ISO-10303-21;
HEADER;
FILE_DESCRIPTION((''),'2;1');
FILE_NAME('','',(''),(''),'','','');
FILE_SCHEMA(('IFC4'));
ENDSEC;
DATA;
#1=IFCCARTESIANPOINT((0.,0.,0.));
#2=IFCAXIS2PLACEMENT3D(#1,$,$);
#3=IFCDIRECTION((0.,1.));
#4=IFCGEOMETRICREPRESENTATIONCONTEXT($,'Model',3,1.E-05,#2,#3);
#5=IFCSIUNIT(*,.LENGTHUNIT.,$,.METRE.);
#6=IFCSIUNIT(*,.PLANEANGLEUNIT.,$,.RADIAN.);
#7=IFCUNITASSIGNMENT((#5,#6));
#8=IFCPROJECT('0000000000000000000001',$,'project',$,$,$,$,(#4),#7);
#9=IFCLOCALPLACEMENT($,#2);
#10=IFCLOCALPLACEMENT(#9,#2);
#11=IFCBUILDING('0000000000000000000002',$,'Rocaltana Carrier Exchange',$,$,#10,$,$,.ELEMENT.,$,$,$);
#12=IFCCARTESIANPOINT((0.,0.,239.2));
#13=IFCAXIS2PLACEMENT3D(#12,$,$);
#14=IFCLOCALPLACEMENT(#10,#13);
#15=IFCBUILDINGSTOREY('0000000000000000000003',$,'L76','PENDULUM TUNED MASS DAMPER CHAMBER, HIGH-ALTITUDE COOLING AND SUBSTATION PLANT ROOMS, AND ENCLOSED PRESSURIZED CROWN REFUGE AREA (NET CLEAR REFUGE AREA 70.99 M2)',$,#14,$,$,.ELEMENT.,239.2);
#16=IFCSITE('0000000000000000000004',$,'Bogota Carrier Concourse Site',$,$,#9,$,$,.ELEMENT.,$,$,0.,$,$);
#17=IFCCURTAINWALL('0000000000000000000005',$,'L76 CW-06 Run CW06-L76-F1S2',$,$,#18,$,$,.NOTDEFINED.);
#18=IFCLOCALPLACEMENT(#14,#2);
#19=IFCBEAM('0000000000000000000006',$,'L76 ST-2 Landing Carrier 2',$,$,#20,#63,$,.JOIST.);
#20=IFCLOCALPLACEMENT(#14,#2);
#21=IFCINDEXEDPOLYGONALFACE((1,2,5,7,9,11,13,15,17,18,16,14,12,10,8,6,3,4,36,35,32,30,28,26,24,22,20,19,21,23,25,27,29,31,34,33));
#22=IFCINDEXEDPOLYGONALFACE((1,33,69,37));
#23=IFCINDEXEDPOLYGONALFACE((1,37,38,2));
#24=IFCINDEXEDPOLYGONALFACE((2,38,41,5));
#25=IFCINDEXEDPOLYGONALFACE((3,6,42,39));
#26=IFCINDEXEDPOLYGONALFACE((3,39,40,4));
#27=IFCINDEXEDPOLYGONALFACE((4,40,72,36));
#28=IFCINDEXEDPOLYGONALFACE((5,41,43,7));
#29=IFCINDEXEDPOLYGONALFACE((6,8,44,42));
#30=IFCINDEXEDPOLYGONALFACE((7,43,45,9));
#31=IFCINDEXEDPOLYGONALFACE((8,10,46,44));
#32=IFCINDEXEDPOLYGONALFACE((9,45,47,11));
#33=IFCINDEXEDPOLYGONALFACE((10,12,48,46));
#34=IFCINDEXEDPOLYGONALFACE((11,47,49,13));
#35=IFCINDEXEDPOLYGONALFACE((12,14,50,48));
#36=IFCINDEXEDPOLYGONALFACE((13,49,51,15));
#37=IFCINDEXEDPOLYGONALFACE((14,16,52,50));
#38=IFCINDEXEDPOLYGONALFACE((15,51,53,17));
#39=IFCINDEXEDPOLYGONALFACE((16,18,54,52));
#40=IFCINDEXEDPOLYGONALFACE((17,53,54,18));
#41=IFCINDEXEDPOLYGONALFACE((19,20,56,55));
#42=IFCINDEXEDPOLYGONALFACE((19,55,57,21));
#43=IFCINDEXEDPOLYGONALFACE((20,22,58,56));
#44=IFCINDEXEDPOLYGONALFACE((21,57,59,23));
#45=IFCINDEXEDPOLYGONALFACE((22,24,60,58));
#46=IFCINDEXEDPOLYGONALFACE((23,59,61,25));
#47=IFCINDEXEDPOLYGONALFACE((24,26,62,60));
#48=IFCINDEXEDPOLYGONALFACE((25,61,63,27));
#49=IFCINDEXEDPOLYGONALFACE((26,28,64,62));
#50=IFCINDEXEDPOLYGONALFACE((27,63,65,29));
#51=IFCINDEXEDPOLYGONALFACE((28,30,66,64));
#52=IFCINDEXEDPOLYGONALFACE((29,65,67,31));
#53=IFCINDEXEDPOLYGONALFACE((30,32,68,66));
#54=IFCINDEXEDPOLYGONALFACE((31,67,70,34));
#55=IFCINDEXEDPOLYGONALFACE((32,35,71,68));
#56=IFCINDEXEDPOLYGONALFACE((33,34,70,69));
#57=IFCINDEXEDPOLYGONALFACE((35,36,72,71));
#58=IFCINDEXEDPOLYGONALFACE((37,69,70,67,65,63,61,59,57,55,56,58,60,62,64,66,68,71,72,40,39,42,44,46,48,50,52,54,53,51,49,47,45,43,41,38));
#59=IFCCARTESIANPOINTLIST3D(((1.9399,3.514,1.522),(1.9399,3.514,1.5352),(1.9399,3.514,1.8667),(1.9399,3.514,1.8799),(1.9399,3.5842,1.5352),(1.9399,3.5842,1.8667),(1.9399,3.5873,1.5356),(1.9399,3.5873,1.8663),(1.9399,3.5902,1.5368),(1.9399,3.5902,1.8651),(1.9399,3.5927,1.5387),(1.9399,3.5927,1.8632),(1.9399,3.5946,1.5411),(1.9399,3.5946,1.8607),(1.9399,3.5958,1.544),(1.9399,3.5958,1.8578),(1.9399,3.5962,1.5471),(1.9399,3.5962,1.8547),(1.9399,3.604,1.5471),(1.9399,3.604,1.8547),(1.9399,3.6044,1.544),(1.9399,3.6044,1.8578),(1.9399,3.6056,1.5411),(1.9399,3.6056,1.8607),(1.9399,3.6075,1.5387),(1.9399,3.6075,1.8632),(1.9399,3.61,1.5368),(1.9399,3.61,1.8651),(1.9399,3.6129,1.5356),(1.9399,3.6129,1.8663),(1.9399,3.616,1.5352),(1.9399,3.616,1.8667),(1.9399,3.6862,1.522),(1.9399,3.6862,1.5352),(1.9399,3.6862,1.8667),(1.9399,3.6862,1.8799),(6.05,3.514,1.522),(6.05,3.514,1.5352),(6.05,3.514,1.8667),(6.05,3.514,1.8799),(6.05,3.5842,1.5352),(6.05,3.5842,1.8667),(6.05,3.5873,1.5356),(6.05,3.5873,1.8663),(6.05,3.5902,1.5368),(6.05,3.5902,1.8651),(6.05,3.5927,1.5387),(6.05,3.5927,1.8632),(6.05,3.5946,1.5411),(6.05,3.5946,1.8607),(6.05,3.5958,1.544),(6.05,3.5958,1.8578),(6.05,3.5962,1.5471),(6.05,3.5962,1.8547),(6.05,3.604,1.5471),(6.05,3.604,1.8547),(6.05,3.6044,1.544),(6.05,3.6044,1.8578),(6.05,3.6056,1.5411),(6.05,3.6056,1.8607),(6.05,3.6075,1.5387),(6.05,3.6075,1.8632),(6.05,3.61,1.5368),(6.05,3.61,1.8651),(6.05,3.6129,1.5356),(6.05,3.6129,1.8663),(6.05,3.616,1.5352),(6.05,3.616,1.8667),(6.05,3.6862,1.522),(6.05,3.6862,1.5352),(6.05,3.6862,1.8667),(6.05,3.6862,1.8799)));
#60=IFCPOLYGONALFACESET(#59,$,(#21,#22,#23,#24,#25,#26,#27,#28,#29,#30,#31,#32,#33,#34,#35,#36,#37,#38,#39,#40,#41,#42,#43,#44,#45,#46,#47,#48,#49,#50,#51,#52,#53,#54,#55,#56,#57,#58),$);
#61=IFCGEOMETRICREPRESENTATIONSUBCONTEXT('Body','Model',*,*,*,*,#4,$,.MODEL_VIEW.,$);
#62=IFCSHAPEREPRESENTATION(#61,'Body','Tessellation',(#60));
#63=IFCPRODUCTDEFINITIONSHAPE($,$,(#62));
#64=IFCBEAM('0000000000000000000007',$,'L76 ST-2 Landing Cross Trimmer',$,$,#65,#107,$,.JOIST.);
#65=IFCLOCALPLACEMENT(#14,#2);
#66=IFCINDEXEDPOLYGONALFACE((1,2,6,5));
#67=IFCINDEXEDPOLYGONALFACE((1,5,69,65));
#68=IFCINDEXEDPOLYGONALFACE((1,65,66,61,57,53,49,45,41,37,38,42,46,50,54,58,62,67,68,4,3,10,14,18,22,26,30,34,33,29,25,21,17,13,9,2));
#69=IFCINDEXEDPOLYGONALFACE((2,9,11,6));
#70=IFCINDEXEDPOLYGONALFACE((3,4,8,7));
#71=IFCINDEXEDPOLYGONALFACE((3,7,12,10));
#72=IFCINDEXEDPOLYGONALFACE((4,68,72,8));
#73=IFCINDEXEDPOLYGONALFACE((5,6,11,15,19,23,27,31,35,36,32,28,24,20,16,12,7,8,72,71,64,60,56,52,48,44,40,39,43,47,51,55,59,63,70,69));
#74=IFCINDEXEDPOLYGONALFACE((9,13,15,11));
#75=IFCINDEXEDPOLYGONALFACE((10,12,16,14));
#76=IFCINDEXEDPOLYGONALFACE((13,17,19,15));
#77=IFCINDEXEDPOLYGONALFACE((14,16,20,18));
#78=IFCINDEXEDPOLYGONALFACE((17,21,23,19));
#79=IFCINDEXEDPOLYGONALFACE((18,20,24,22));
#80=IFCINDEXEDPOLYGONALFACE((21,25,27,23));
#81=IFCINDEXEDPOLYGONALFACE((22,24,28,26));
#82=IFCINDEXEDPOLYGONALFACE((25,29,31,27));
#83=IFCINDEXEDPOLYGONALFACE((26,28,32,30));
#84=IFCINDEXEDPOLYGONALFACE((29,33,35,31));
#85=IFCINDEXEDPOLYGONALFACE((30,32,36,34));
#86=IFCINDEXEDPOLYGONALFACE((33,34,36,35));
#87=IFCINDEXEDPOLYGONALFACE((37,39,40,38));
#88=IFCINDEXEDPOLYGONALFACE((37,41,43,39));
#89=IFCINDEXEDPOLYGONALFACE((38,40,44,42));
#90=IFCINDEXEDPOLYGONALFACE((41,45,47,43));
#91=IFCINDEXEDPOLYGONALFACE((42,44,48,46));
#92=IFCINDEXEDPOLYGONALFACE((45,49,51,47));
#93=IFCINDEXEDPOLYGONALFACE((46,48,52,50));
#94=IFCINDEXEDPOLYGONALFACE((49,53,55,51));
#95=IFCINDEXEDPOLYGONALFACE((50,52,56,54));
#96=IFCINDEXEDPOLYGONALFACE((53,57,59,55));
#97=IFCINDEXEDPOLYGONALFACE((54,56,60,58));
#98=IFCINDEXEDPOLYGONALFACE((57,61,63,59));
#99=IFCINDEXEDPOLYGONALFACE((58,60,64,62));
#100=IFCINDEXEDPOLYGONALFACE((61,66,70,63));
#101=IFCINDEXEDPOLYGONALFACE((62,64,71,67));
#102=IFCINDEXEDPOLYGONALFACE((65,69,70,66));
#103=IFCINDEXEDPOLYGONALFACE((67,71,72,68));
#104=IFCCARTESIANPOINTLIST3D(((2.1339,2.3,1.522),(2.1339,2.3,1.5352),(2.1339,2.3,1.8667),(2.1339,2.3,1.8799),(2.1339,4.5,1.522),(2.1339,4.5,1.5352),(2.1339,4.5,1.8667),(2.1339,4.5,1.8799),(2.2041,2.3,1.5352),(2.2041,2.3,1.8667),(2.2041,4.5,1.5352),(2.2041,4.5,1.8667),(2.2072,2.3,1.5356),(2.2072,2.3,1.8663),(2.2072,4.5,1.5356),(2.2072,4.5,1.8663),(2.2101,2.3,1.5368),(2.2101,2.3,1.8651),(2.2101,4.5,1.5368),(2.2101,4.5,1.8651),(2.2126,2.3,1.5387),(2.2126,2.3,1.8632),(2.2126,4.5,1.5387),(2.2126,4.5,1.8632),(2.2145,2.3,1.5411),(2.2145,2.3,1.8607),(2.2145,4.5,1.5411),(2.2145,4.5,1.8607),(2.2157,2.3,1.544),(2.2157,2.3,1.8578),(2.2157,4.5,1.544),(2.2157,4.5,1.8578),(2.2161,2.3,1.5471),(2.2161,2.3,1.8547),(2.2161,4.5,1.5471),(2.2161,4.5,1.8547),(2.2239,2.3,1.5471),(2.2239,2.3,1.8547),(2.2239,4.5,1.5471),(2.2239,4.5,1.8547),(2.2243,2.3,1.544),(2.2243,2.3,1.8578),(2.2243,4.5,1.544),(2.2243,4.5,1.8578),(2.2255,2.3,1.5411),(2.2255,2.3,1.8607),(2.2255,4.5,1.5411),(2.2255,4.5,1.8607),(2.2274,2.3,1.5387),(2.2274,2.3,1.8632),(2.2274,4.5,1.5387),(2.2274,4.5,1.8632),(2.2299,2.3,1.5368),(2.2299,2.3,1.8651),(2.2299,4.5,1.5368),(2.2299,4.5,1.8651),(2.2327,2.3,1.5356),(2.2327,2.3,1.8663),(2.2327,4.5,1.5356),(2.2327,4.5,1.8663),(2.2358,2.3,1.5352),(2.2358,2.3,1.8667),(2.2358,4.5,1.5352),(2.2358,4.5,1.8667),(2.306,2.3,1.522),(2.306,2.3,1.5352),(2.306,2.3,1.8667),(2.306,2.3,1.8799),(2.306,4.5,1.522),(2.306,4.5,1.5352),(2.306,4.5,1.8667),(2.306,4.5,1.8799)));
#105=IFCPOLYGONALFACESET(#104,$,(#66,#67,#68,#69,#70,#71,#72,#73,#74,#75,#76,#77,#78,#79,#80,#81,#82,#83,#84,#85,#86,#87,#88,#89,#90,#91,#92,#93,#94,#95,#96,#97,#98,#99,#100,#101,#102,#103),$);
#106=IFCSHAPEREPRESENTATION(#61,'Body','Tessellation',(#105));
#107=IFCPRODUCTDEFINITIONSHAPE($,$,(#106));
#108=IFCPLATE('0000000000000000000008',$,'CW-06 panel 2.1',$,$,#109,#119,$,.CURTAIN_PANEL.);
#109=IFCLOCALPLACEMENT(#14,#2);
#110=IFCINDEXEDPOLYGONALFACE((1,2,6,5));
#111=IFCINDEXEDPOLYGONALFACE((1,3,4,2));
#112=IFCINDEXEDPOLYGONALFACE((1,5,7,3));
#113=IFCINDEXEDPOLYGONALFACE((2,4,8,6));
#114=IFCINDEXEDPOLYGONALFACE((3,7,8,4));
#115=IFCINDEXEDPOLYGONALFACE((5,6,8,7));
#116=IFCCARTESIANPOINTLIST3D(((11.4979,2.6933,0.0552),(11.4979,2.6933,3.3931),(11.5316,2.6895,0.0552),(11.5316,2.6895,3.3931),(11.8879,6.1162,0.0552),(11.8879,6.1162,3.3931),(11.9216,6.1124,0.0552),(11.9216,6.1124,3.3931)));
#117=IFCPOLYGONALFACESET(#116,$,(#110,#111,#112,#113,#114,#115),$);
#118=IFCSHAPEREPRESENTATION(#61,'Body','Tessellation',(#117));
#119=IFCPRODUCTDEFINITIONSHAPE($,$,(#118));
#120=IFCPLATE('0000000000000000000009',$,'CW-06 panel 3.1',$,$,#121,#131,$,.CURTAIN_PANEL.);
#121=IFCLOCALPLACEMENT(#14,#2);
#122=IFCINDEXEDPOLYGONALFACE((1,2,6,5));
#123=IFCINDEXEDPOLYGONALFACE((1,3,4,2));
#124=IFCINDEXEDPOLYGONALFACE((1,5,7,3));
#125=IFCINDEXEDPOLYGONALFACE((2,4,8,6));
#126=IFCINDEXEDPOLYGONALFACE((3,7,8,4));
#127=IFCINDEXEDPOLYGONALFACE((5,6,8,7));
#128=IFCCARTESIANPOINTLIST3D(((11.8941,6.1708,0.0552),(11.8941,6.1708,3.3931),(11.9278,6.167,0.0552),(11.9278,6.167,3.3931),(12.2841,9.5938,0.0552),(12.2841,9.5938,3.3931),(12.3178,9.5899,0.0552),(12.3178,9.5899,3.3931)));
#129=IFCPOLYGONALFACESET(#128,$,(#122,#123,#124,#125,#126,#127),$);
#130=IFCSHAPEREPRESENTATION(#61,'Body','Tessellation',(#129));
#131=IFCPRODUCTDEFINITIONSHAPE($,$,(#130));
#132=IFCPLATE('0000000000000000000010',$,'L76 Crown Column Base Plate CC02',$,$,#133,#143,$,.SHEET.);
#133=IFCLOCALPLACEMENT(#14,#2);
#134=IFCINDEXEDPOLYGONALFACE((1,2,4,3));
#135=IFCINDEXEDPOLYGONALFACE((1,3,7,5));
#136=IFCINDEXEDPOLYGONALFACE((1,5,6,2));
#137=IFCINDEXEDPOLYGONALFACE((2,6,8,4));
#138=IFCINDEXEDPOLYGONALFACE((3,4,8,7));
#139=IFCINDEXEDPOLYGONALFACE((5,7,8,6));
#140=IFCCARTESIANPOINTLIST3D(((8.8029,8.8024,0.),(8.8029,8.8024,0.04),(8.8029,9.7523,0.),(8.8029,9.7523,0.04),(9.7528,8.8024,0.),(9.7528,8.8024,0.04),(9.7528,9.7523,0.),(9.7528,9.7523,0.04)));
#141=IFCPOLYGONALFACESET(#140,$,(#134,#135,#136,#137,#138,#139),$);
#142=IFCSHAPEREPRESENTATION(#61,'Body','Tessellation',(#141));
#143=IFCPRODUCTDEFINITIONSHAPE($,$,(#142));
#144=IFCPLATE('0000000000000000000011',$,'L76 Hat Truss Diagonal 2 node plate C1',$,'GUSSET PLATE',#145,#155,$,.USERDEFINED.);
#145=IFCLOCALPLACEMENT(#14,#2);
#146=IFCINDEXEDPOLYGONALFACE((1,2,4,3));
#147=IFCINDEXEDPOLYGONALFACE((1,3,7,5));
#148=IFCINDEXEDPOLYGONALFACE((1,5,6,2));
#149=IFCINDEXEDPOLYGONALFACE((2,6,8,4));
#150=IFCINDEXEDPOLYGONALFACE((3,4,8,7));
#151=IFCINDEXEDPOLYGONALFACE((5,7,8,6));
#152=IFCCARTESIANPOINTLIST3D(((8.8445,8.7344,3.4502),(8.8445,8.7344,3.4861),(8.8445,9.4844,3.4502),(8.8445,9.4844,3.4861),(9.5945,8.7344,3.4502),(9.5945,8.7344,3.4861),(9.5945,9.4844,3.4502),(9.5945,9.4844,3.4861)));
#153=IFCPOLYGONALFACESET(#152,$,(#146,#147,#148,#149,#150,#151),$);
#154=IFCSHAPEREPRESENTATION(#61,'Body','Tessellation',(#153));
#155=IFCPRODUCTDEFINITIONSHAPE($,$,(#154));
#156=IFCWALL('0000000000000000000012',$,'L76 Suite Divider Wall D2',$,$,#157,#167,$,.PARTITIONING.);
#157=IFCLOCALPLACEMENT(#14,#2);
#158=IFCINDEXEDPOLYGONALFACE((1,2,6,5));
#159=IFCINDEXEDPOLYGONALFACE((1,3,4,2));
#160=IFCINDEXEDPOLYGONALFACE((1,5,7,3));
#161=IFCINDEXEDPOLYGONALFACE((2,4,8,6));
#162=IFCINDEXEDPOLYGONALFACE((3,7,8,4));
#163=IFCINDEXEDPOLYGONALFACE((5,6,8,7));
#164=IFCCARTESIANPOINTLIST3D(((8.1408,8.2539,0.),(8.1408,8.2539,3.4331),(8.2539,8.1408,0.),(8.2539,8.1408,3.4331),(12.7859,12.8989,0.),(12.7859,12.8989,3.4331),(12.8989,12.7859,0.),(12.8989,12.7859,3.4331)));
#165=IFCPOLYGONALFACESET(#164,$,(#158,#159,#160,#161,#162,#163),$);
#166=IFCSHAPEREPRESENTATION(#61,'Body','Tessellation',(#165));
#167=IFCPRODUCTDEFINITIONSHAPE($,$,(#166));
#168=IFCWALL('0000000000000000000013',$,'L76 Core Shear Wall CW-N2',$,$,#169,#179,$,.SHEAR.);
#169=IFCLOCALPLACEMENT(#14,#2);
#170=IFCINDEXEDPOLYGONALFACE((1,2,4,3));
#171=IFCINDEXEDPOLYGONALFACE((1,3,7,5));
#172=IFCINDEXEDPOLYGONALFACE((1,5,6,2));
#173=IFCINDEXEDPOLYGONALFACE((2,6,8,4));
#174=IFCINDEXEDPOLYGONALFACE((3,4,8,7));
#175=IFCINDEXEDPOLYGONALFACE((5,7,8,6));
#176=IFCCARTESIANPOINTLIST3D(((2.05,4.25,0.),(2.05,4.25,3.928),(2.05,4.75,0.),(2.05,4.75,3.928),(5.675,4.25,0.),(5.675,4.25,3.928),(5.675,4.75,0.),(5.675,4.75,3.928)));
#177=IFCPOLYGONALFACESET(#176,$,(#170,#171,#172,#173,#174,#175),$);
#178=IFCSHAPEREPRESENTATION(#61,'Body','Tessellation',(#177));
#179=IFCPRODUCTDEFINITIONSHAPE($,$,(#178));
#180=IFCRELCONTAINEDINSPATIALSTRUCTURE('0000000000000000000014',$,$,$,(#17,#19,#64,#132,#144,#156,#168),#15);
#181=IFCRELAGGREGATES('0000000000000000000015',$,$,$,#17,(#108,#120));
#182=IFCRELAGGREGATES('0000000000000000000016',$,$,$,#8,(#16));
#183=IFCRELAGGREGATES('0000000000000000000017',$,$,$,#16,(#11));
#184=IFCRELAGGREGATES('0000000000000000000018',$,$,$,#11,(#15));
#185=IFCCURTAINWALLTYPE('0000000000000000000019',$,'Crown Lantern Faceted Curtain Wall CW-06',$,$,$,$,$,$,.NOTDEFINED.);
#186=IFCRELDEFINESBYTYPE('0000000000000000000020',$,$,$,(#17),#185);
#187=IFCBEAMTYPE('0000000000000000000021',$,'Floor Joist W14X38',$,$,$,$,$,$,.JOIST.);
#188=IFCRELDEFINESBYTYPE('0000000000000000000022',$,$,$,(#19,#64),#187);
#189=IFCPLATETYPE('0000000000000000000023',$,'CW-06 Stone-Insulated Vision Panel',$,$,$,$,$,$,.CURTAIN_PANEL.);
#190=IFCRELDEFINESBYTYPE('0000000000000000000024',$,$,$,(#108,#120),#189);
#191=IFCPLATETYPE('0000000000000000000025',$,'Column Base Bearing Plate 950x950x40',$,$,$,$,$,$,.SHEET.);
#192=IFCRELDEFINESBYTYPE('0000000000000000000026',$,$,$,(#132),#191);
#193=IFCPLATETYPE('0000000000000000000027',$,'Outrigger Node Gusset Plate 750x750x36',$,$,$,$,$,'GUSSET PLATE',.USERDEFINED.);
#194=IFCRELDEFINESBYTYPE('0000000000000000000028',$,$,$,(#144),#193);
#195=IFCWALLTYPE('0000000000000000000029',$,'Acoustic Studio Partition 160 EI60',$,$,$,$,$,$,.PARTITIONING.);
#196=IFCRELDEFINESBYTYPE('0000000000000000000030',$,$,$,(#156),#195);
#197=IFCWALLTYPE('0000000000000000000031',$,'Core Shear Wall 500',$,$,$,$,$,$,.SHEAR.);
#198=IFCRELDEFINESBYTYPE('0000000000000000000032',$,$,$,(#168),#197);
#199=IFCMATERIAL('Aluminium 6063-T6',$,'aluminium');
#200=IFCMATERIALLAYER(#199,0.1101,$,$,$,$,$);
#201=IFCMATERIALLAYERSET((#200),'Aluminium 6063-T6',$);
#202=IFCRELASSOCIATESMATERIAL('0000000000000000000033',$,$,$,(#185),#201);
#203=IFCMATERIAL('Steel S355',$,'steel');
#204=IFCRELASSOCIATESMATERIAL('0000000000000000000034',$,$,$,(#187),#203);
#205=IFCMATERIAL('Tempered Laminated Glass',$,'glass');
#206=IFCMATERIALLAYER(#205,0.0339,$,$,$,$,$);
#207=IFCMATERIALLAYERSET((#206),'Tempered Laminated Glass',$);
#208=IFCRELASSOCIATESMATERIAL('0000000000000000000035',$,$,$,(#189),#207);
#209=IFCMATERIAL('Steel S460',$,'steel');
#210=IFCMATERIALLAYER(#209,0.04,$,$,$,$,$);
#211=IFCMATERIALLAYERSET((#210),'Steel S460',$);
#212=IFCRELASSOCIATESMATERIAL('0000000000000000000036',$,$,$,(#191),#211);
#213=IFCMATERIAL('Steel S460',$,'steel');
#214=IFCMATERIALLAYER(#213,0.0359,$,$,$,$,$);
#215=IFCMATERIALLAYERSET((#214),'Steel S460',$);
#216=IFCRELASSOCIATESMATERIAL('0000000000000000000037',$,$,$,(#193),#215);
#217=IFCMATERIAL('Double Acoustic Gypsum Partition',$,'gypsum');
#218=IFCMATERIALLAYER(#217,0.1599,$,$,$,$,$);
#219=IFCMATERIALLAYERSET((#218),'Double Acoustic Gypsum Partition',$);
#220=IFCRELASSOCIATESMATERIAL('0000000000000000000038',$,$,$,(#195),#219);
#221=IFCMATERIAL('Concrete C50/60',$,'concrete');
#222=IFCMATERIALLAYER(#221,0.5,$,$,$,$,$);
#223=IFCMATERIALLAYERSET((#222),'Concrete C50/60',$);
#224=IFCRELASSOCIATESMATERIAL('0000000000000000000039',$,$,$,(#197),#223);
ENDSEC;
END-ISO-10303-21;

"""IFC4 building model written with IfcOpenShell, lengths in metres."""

from ifc_helpers import new_model, si_unit, direction, frame, frame_2d, origin, origin_2d, place, context, subcontext, project, spatial, rectangle, i_section, extrude, material, layer, layer_set, material_profile, profile_set, type_object, element, aggregate, save


model = new_model("IFC4")

# Units and contexts
model_context = context("Model", 3, precision=1e-05, world=origin(), true_north=direction((0.0, 1.0)))
body_context = subcontext(model_context, "Body", "Model", "MODEL_VIEW")
ifc_project = project(units=[si_unit("LENGTHUNIT", "METRE"), si_unit("PLANEANGLEUNIT", "RADIAN")], contexts=[model_context])

# Site, building, storey
site_placement = place(None, origin())
site = spatial("IfcSite", under=ifc_project, at=site_placement, Name="Bogota Carrier Concourse Site", CompositionType="ELEMENT", RefElevation=0.0)
building_placement = place(site_placement, origin())
building = spatial("IfcBuilding", under=site, at=building_placement, Name="Rocaltana Carrier Exchange", CompositionType="ELEMENT")
storey_placement = place(building_placement, frame((0.0, 0.0, 239.2)))
storey = spatial("IfcBuildingStorey", under=building, at=storey_placement, Name="L76", Description="PENDULUM TUNED MASS DAMPER CHAMBER, HIGH-ALTITUDE COOLING AND SUBSTATION PLANT ROOMS, AND ENCLOSED PRESSURIZED CROWN REFUGE AREA (NET CLEAR REFUGE AREA 70.99 M2)", CompositionType="ELEMENT", Elevation=239.2)

# Curtain wall
ifc_material_1 = material(Name="Aluminium 6063-T6", Category="aluminium")
ifc_layer_1 = layer(ifc_material_1, 0.1101)
ifc_layer_set_1 = layer_set([ifc_layer_1], Name="Aluminium 6063-T6")
curtain_wall_type = type_object("IfcCurtainWallType", Name="Crown Lantern Faceted Curtain Wall CW-06", PredefinedType="NOTDEFINED", material=ifc_layer_set_1)
curtain_wall_placement = place(storey_placement, origin())
curtain_wall = element("IfcCurtainWall", 1, at=curtain_wall_placement, inside=storey, type_object=curtain_wall_type, Name="L76 CW-06 Run CW06-L76-F1S2", PredefinedType="NOTDEFINED")

# Beams
ifc_material_2 = material(Name="Steel S355", Category="steel")
ifc_material_profile_1 = material_profile(ifc_material_2, i_section(OverallWidth=0.1721, OverallDepth=0.3579, WebThickness=0.0078, FlangeThickness=0.0132, FilletRadius=0.012, at=origin_2d()), Name="W14X38")
ifc_profile_set_1 = profile_set([ifc_material_profile_1], Name="Steel S355")
beam_type_1 = type_object("IfcBeamType", Name="Floor Joist W14X38", PredefinedType="JOIST", material=ifc_profile_set_1)
for number, where, z_axis, x_axis, name in (
    (2, (1.9399, 3.6001, 1.7009), (1.0, 0.0, 0.0), (0.0, 1.0, 0.0), "L76 ST-2 Landing Carrier 2"),
):
    element("IfcBeam", number, at=place(storey_placement, frame(where, z_axis=z_axis, x_axis=x_axis)), inside=storey, type_object=beam_type_1, Name=name, PredefinedType="JOIST", context=body_context, shape_type="SweptSolid", body=[
        extrude(i_section(OverallWidth=0.1721, OverallDepth=0.3579, WebThickness=0.0078, FlangeThickness=0.0132, FilletRadius=0.012, at=origin_2d()), origin(), (0.0, 0.0, 1.0), 4.1101),
    ])
beam_1_placement = place(storey_placement, frame((2.22, 2.3, 1.7009), z_axis=(0.0, 1.0, 0.0), x_axis=(-1.0, 0.0, 0.0)))
element("IfcBeam", 3, at=beam_1_placement, inside=storey, type_object=beam_type_1, Name="L76 ST-2 Landing Cross Trimmer", PredefinedType="JOIST", context=body_context, shape_type="SweptSolid", body=[
    extrude(i_section(OverallWidth=0.1721, OverallDepth=0.3579, WebThickness=0.0078, FlangeThickness=0.0132, FilletRadius=0.012, at=origin_2d()), origin(), (0.0, 0.0, 1.0), 2.2),
])

# Plates
ifc_material_3 = material(Name="Tempered Laminated Glass", Category="glass")
ifc_layer_2 = layer(ifc_material_3, 0.0339)
ifc_layer_set_2 = layer_set([ifc_layer_2], Name="Tempered Laminated Glass")
plate_type_1 = type_object("IfcPlateType", Name="CW-06 Stone-Insulated Vision Panel", PredefinedType="CURTAIN_PANEL", material=ifc_layer_set_2)
plate_1_placement = place(storey_placement, frame((11.7097, 4.4028, 0.0552), z_axis=(0.0, 0.0, 1.0), x_axis=(0.113206, 0.993572, 0.0)))
plate_1 = element("IfcPlate", 4, at=plate_1_placement, type_object=plate_type_1, Name="CW-06 panel 2.1", PredefinedType="CURTAIN_PANEL", context=body_context, shape_type="SweptSolid", body=[
    extrude(rectangle(XDim=3.4451, YDim=0.0339, at=origin_2d()), origin(), (0.0, 0.0, 1.0), 3.3379),
])
plate_2_placement = place(storey_placement, frame((12.106, 7.8804, 0.0552), z_axis=(0.0, 0.0, 1.0), x_axis=(0.113206, 0.993572, 0.0)))
plate_2 = element("IfcPlate", 5, at=plate_2_placement, type_object=plate_type_1, Name="CW-06 panel 3.1", PredefinedType="CURTAIN_PANEL", context=body_context, shape_type="SweptSolid", body=[
    extrude(rectangle(XDim=3.4451, YDim=0.0339, at=origin_2d()), origin(), (0.0, 0.0, 1.0), 3.3379),
])
aggregate(curtain_wall, [plate_1, plate_2])

# Plates
ifc_material_4 = material(Name="Steel S460", Category="steel")
ifc_layer_3 = layer(ifc_material_4, 0.04)
ifc_layer_set_3 = layer_set([ifc_layer_3], Name="Steel S460")
plate_type_2 = type_object("IfcPlateType", Name="Column Base Bearing Plate 950x950x40", PredefinedType="SHEET", material=ifc_layer_set_3)
plate_3_placement = place(storey_placement, frame((9.2778, 9.2773, 0.0), z_axis=(0.0, 0.0, 1.0), x_axis=(1.0, 0.0, 0.0)))
element("IfcPlate", 6, at=plate_3_placement, inside=storey, type_object=plate_type_2, Name="L76 Crown Column Base Plate CC02", PredefinedType="SHEET", context=body_context, shape_type="SweptSolid", body=[
    extrude(rectangle(XDim=0.95, YDim=0.95, at=origin_2d()), origin(), (0.0, 0.0, 1.0), 0.04),
])
ifc_material_5 = material(Name="Steel S460", Category="steel")
ifc_layer_4 = layer(ifc_material_5, 0.0359)
ifc_layer_set_4 = layer_set([ifc_layer_4], Name="Steel S460")
plate_type_3 = type_object("IfcPlateType", Name="Outrigger Node Gusset Plate 750x750x36", ElementType="GUSSET PLATE", PredefinedType="USERDEFINED", material=ifc_layer_set_4)
plate_4_placement = place(storey_placement, frame((9.2195, 9.1094, 3.4502), z_axis=(0.0, 0.0, 1.0), x_axis=(1.0, 0.0, 0.0)))
element("IfcPlate", 7, at=plate_4_placement, inside=storey, type_object=plate_type_3, Name="L76 Hat Truss Diagonal 2 node plate C1", ObjectType="GUSSET PLATE", PredefinedType="USERDEFINED", context=body_context, shape_type="SweptSolid", body=[
    extrude(rectangle(XDim=0.75, YDim=0.75, at=origin_2d()), origin(), (0.0, 0.0, 1.0), 0.0359),
])

# Walls
ifc_material_6 = material(Name="Double Acoustic Gypsum Partition", Category="gypsum")
ifc_layer_5 = layer(ifc_material_6, 0.1599)
ifc_layer_set_5 = layer_set([ifc_layer_5], Name="Double Acoustic Gypsum Partition")
wall_type_1 = type_object("IfcWallType", Name="Acoustic Studio Partition 160 EI60", PredefinedType="PARTITIONING", material=ifc_layer_set_5)
wall_1_placement = place(storey_placement, frame((8.1973, 8.1973, 0.0), z_axis=(0.0, 0.0, 1.0), x_axis=(0.707107, 0.707107, 0.0)))
element("IfcWall", 8, at=wall_1_placement, inside=storey, type_object=wall_type_1, Name="L76 Suite Divider Wall D2", PredefinedType="PARTITIONING", context=body_context, shape_type="SweptSolid", body=[
    extrude(rectangle(XDim=6.5691, YDim=0.1599, at=frame_2d((3.2847, 0.0))), origin(), (0.0, 0.0, 1.0), 3.4331),
])
ifc_material_7 = material(Name="Concrete C50/60", Category="concrete")
ifc_layer_6 = layer(ifc_material_7, 0.5)
ifc_layer_set_6 = layer_set([ifc_layer_6], Name="Concrete C50/60")
wall_type_2 = type_object("IfcWallType", Name="Core Shear Wall 500", PredefinedType="SHEAR", material=ifc_layer_set_6)
wall_2_placement = place(storey_placement, frame((2.05, 4.5, 0.0), z_axis=(0.0, 0.0, 1.0), x_axis=(1.0, 0.0, 0.0)))
element("IfcWall", 9, at=wall_2_placement, inside=storey, type_object=wall_type_2, Name="L76 Core Shear Wall CW-N2", PredefinedType="SHEAR", context=body_context, shape_type="SweptSolid", body=[
    extrude(rectangle(XDim=3.625, YDim=0.5, at=frame_2d((1.8125, 0.0))), origin(), (0.0, 0.0, 1.0), 3.928),
])

save(model, "model.ifc")
